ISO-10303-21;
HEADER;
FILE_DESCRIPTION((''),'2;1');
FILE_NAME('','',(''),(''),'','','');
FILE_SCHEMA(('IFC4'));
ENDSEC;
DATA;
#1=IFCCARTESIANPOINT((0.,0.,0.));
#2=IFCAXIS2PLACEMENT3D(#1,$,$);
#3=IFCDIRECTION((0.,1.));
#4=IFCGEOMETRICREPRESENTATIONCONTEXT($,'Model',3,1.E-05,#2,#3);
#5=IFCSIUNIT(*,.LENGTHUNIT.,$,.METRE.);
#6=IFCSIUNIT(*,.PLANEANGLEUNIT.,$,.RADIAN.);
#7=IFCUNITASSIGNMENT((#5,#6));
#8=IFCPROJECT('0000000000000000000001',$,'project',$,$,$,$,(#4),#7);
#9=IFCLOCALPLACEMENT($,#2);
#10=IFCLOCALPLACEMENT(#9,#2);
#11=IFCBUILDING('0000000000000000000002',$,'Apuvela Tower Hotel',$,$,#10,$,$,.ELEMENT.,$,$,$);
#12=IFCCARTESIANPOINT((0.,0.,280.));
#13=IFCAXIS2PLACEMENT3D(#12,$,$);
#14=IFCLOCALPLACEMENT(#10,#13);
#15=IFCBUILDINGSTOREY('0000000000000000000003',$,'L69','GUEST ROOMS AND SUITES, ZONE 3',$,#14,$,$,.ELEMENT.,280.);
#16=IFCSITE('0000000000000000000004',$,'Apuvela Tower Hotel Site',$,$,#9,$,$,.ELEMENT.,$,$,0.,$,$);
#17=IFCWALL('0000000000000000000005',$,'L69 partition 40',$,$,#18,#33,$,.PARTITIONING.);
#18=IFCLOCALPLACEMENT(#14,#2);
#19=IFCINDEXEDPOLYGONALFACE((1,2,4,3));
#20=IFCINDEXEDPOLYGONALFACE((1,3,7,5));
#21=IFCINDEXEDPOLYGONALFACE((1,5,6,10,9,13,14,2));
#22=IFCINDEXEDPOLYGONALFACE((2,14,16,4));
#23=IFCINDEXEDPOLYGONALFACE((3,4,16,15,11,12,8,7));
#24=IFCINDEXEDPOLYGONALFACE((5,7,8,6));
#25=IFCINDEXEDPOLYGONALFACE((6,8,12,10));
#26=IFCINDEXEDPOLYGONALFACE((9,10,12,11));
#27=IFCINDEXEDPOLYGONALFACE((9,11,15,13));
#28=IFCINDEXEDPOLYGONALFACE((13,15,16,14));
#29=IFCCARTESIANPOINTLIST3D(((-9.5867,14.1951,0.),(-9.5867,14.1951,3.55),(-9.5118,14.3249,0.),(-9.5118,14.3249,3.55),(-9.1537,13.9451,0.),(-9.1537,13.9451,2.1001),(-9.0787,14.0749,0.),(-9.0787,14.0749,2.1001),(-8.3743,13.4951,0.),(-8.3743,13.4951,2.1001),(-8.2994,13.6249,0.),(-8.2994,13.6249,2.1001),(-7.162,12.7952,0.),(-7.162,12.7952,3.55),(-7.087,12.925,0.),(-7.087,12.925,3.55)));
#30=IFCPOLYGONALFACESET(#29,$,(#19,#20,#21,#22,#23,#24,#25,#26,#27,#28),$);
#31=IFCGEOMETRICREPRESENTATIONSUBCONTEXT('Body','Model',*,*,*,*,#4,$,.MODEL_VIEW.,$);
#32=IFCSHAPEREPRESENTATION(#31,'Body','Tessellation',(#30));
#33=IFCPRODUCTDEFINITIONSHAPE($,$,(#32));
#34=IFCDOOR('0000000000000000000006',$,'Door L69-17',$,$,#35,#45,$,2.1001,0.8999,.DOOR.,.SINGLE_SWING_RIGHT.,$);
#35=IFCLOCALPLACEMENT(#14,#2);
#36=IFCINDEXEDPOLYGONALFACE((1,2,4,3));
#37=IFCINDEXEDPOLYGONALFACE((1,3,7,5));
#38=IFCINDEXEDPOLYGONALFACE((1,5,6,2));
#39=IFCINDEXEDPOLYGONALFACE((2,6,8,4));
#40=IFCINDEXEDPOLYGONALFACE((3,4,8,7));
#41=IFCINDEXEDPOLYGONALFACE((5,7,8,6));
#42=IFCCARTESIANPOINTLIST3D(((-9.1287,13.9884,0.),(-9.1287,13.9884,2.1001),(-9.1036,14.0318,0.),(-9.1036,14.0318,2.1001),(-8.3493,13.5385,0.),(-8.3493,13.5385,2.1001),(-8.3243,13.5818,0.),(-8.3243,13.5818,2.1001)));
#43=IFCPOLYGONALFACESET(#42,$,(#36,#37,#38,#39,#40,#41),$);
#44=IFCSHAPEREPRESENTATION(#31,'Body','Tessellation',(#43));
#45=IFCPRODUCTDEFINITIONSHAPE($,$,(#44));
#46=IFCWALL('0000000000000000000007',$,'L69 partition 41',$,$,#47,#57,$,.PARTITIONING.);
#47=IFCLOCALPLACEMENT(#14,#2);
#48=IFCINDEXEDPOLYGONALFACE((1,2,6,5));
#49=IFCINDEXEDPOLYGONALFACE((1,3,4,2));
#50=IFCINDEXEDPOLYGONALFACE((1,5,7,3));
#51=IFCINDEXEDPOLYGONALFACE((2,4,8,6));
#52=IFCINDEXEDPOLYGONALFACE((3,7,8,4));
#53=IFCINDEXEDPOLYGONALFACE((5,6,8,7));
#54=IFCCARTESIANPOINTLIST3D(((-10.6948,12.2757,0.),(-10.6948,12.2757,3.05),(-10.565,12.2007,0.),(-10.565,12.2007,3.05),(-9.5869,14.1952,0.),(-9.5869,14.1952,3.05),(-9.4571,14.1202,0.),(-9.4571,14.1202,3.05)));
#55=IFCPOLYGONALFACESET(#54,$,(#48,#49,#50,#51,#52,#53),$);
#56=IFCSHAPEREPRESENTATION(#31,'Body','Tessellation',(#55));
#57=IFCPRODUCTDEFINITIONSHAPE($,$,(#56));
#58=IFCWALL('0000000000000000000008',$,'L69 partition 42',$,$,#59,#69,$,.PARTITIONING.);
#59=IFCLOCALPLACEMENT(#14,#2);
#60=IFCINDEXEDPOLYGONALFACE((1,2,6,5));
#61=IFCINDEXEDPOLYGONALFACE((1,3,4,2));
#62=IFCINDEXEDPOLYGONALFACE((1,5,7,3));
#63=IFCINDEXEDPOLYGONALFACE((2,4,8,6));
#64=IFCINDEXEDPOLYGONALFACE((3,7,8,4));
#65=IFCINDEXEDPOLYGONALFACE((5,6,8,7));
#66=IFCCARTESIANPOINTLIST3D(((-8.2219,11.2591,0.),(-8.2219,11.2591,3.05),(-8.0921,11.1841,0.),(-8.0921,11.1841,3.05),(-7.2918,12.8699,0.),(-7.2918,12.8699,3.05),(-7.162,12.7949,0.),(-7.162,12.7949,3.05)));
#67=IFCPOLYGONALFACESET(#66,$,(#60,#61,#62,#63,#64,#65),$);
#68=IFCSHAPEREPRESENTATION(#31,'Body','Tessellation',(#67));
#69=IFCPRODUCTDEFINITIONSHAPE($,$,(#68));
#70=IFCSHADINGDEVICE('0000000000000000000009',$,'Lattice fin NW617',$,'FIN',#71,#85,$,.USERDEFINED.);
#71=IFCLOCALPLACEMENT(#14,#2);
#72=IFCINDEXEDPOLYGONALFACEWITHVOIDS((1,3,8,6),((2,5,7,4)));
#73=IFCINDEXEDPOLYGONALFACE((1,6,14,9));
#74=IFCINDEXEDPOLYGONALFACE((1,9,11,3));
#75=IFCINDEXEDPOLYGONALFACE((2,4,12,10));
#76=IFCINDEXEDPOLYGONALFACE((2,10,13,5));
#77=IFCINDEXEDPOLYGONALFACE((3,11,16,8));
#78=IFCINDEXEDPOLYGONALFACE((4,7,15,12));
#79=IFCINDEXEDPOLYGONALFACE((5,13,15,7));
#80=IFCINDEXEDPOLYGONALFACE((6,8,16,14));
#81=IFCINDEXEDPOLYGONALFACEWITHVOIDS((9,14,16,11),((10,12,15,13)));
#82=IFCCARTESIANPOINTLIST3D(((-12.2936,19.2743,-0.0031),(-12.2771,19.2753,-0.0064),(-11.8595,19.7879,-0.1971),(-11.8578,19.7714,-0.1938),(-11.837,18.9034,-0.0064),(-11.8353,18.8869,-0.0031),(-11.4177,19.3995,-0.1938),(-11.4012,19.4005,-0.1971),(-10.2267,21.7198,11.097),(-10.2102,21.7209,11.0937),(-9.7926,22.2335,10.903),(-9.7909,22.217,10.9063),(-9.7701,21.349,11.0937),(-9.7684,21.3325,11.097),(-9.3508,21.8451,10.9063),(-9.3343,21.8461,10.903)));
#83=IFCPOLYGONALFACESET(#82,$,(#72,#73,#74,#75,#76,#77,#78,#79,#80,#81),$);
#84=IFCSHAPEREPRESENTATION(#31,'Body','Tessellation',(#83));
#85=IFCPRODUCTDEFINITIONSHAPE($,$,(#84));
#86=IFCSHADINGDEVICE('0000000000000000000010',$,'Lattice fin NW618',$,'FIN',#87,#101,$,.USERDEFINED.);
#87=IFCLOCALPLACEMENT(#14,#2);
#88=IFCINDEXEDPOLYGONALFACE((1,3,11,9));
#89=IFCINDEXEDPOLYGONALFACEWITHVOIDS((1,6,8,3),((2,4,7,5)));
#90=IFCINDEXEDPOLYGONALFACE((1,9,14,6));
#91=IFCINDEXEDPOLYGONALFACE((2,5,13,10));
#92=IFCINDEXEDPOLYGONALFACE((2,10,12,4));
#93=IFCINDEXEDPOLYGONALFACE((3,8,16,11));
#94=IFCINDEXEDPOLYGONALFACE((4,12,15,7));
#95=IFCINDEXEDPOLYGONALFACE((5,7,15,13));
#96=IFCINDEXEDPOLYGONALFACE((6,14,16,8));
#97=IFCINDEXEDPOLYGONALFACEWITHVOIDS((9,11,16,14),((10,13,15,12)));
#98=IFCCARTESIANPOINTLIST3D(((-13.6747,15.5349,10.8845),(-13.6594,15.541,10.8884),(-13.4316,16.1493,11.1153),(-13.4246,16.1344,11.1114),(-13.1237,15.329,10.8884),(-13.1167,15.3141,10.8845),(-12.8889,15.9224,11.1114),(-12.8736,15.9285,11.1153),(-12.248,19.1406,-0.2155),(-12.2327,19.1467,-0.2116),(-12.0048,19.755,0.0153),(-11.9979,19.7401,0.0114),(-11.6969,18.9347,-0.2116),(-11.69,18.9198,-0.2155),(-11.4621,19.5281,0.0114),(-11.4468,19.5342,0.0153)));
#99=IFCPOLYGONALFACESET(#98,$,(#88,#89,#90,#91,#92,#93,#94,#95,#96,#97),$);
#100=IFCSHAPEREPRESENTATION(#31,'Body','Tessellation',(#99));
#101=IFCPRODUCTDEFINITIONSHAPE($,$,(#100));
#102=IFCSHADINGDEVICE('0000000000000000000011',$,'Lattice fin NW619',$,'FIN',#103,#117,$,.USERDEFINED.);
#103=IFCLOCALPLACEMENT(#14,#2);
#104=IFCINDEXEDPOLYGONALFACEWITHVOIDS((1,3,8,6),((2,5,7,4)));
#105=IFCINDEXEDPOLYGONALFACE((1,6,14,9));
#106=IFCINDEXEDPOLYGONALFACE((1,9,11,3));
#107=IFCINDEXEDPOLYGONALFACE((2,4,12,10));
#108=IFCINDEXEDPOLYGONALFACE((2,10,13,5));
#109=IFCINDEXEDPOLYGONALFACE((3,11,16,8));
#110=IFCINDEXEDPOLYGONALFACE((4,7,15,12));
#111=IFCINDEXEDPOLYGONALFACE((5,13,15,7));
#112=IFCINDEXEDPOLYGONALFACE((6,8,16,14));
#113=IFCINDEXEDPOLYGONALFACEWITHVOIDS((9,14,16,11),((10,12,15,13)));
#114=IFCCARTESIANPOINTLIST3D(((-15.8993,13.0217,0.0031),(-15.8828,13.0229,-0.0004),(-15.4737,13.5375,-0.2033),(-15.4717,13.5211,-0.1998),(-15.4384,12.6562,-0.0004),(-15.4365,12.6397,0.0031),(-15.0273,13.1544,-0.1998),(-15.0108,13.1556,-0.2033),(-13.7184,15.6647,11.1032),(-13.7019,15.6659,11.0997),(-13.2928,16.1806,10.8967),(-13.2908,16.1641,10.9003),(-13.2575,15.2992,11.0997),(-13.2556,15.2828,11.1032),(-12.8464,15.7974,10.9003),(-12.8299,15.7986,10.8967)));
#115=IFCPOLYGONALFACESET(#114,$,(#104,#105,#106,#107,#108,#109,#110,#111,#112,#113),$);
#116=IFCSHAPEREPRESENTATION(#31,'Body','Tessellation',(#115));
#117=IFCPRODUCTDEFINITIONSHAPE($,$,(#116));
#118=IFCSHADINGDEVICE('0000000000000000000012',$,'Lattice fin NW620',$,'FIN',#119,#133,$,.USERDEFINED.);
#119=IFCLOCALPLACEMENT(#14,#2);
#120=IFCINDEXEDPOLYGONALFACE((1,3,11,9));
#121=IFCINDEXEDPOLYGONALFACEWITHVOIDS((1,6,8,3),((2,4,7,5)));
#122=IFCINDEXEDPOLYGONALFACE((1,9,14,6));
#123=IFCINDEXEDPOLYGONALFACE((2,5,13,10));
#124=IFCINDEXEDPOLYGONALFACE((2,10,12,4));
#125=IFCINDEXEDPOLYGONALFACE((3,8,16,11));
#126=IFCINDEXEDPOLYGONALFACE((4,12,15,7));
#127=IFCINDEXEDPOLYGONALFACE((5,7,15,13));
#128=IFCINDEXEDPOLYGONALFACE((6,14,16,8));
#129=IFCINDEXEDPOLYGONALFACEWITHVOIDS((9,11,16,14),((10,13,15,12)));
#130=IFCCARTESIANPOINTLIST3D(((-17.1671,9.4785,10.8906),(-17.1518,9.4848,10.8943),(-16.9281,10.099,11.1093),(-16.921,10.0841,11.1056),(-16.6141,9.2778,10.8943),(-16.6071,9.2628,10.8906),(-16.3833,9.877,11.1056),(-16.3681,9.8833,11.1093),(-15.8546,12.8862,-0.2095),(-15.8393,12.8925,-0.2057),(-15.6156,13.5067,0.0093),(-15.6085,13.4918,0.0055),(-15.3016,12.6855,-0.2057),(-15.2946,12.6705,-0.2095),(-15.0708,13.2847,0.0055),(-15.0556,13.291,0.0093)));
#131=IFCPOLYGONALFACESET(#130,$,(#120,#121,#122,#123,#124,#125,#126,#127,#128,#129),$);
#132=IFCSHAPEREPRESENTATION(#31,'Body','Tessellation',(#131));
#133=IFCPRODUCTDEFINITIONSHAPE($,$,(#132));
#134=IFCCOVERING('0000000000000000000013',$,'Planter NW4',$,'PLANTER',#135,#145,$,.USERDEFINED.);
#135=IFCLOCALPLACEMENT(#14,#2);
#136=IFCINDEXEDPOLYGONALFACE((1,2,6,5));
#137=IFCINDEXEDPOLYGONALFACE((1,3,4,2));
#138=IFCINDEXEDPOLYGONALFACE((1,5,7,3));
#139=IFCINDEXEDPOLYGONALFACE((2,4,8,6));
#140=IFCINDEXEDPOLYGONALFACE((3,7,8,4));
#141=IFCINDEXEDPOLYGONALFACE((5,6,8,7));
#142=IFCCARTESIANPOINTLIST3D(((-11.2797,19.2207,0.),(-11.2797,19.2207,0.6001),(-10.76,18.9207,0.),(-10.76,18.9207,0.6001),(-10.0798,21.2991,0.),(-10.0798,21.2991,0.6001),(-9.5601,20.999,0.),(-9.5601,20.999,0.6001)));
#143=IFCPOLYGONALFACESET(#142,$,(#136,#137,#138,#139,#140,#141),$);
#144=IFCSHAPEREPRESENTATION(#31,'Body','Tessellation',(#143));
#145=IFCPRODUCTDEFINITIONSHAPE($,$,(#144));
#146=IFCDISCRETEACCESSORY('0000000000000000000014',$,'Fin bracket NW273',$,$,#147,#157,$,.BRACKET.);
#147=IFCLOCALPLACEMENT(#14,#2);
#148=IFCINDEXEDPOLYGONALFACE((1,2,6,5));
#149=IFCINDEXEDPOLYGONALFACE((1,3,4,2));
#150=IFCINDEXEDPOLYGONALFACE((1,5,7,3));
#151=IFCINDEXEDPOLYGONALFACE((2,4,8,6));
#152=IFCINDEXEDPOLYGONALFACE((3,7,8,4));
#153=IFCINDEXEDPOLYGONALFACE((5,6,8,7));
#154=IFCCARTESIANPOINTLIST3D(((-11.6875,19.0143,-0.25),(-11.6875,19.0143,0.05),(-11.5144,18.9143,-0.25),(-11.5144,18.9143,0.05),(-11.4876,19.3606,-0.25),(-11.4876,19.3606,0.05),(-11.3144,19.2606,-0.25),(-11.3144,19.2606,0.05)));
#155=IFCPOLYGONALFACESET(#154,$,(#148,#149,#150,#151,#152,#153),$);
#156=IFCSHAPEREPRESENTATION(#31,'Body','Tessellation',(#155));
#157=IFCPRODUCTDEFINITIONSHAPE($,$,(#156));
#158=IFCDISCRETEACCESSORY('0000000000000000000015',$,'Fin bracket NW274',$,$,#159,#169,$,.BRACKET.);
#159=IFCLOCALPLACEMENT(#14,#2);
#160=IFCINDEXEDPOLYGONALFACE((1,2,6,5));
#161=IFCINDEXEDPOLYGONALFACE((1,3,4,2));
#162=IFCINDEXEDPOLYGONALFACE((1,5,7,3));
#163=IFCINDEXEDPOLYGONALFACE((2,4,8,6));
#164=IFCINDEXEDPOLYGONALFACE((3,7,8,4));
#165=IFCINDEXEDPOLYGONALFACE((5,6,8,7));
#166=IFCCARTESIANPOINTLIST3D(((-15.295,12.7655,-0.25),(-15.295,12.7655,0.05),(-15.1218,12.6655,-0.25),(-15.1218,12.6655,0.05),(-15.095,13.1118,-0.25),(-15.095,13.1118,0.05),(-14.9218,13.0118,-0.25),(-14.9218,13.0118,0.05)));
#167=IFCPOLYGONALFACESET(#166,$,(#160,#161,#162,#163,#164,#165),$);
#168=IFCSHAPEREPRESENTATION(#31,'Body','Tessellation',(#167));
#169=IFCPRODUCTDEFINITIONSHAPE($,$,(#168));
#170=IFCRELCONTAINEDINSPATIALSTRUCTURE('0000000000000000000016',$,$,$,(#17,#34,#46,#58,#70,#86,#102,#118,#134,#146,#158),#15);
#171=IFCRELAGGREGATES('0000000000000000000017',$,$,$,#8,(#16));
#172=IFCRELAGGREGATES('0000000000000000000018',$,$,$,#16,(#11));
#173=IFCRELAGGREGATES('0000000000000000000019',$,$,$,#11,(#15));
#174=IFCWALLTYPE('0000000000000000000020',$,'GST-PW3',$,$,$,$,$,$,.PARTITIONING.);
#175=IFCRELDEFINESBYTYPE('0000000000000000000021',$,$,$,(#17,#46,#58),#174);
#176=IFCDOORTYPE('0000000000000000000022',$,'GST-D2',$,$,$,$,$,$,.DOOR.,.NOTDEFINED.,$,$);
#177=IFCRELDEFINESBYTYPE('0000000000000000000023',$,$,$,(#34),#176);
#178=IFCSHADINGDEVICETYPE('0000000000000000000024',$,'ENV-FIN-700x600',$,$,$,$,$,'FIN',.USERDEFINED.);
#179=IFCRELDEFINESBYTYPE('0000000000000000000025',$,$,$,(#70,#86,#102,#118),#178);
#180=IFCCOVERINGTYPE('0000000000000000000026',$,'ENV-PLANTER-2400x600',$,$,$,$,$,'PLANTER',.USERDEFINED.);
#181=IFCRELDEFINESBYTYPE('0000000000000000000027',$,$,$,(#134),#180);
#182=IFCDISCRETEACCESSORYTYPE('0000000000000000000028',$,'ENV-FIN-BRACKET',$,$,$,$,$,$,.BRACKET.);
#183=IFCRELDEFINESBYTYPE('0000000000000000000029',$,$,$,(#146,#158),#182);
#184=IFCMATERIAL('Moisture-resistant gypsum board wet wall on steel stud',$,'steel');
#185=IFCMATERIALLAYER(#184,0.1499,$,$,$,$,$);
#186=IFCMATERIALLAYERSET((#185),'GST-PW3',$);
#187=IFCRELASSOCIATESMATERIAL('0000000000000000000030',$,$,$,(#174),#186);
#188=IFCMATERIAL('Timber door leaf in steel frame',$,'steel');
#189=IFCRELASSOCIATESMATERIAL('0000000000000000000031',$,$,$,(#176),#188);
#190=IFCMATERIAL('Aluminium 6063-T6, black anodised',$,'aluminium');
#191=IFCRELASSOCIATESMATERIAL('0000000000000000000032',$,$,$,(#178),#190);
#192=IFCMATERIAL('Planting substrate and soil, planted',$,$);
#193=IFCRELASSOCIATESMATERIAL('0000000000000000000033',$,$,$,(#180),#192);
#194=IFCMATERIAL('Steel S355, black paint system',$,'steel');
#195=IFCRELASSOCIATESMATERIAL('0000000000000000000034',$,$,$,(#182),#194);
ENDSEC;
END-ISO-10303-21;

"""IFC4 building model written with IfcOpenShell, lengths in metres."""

from ifc_helpers import new_model, si_unit, direction, frame, frame_2d, origin, origin_2d, place, context, subcontext, project, spatial, rectangle, hollow_rectangle, extrude, material, layer, layer_set, material_profile, profile_set, type_object, element, fill, save


model = new_model("IFC4")

# Units and contexts
model_context = context("Model", 3, precision=1e-05, world=origin(), true_north=direction((0.0, 1.0)))
body_context = subcontext(model_context, "Body", "Model", "MODEL_VIEW")
ifc_project = project(units=[si_unit("LENGTHUNIT", "METRE"), si_unit("PLANEANGLEUNIT", "RADIAN")], contexts=[model_context])

# Site, building, storey
site_placement = place(None, origin())
site = spatial("IfcSite", under=ifc_project, at=site_placement, Name="Apuvela Tower Hotel Site", CompositionType="ELEMENT", RefElevation=0.0)
building_placement = place(site_placement, origin())
building = spatial("IfcBuilding", under=site, at=building_placement, Name="Apuvela Tower Hotel", CompositionType="ELEMENT")
storey_placement = place(building_placement, frame((0.0, 0.0, 280.0)))
storey = spatial("IfcBuildingStorey", under=building, at=storey_placement, Name="L69", Description="GUEST ROOMS AND SUITES, ZONE 3", CompositionType="ELEMENT", Elevation=280.0)

# Wall, opening, door
ifc_material_1 = material(Name="Moisture-resistant gypsum board wet wall on steel stud", Category="steel")
ifc_layer_1 = layer(ifc_material_1, 0.1499)
ifc_layer_set_1 = layer_set([ifc_layer_1], Name="GST-PW3")
wall_type_1 = type_object("IfcWallType", Name="GST-PW3", PredefinedType="PARTITIONING", material=ifc_layer_set_1)
wall_1_placement = place(storey_placement, frame((-7.1245, 12.8601, 0.0), z_axis=(0.0, 0.0, 1.0), x_axis=(-0.866035, 0.499984, 0.0)))
wall_1 = element("IfcWall", 1, at=wall_1_placement, inside=storey, type_object=wall_type_1, Name="L69 partition 40", PredefinedType="PARTITIONING", context=body_context, shape_type="SweptSolid", body=[
    extrude(rectangle(XDim=2.7998, YDim=0.1499, at=frame_2d((1.3999, 0.0))), origin(), (0.0, 0.0, 1.0), 3.55),
])
opening_1_placement = place(wall_1_placement, frame((1.3999, 0.0, 0.0)))
opening_1 = element("IfcOpeningElement", 2, at=opening_1_placement, cuts=wall_1, PredefinedType="OPENING", context=body_context, shape_type="SweptSolid", body=[
    extrude(rectangle(XDim=0.8999, YDim=2.1001, at=frame_2d((0.45, 1.05))), frame((0.0, 0.085, 0.0), z_axis=(0.0, -1.0, 0.0), x_axis=(1.0, 0.0, 0.0)), (0.0, 0.0, 1.0), 0.1699),
])
ifc_material_2 = material(Name="Timber door leaf in steel frame", Category="steel")
door_type_1 = type_object("IfcDoorType", Name="GST-D2", OperationType="NOTDEFINED", PredefinedType="DOOR", material=ifc_material_2)
door_1_placement = place(opening_1_placement, origin())
door_1 = element("IfcDoor", 3, at=door_1_placement, inside=storey, type_object=door_type_1, Name="Door L69-17", OperationType="SINGLE_SWING_RIGHT", OverallHeight=2.1001, OverallWidth=0.8999, PredefinedType="DOOR", context=body_context, shape_type="SweptSolid", body=[
    extrude(rectangle(XDim=0.8999, YDim=2.1001, at=frame_2d((0.45, 1.05))), frame((0.0, 0.0249, 0.0), z_axis=(0.0, -1.0, 0.0), x_axis=(1.0, 0.0, 0.0)), (0.0, 0.0, 1.0), 0.05),
])
fill(opening_1, door_1)

# Walls
wall_2_placement = place(storey_placement, frame((-9.522, 14.1577, 0.0), z_axis=(0.0, 0.0, 1.0), x_axis=(-0.499907, -0.866079, 0.0)))
element("IfcWall", 4, at=wall_2_placement, inside=storey, type_object=wall_type_1, Name="L69 partition 41", PredefinedType="PARTITIONING", context=body_context, shape_type="SweptSolid", body=[
    extrude(rectangle(XDim=2.2163, YDim=0.1499, at=frame_2d((1.1082, 0.0))), origin(), (0.0, 0.0, 1.0), 3.05),
])
wall_3_placement = place(storey_placement, frame((-7.2268, 12.8325, 0.0), z_axis=(0.0, 0.0, 1.0), x_axis=(-0.500063, -0.865989, 0.0)))
element("IfcWall", 5, at=wall_3_placement, inside=storey, type_object=wall_type_1, Name="L69 partition 42", PredefinedType="PARTITIONING", context=body_context, shape_type="SweptSolid", body=[
    extrude(rectangle(XDim=1.8601, YDim=0.1499, at=frame_2d((0.9302, 0.0))), origin(), (0.0, 0.0, 1.0), 3.05),
])

# Shading devices
ifc_material_3 = material(Name="Aluminium 6063-T6, black anodised", Category="aluminium")
ifc_material_profile_1 = material_profile(ifc_material_3, hollow_rectangle(XDim=0.6001, YDim=0.7, WallThickness=0.012, at=origin_2d()), Name="AL BOX 700x600x12")
ifc_profile_set_1 = profile_set([ifc_material_profile_1], Name="Aluminium 6063-T6, black anodised")
shading_device_type = type_object("IfcShadingDeviceType", Name="ENV-FIN-700x600", ElementType="FIN", PredefinedType="USERDEFINED", material=ifc_profile_set_1)
shading_device_1_placement = place(storey_placement, frame((-11.8474, 19.3374, -0.1001), z_axis=(0.17891, 0.211687, 0.960822), x_axis=(-0.763759, 0.645501, 0.0)))
element("IfcShadingDevice", 6, at=shading_device_1_placement, inside=storey, type_object=shading_device_type, Name="Lattice fin NW617", ObjectType="FIN", PredefinedType="USERDEFINED", context=body_context, shape_type="SweptSolid", body=[
    extrude(hollow_rectangle(XDim=0.6001, YDim=0.7, WallThickness=0.012, at=origin_2d()), origin(), (0.0, 0.0, 1.0), 11.5527),
])
shading_device_2_placement = place(storey_placement, frame((-11.8474, 19.3374, -0.1001), z_axis=(-0.121344, -0.306662, 0.944052), x_axis=(0.929851, -0.367936, 0.0)))
element("IfcShadingDevice", 7, at=shading_device_2_placement, inside=storey, type_object=shading_device_type, Name="Lattice fin NW618", ObjectType="FIN", PredefinedType="USERDEFINED", context=body_context, shape_type="SweptSolid", body=[
    extrude(hollow_rectangle(XDim=0.6001, YDim=0.7, WallThickness=0.012, at=origin_2d()), origin(), (0.0, 0.0, 1.0), 11.7578),
])
shading_device_3_placement = place(storey_placement, frame((-15.4551, 13.0886, -0.1001), z_axis=(0.187734, 0.227517, 0.955506), x_axis=(-0.771319, 0.636449, 0.0)))
element("IfcShadingDevice", 8, at=shading_device_3_placement, inside=storey, type_object=shading_device_type, Name="Lattice fin NW619", ObjectType="FIN", PredefinedType="USERDEFINED", context=body_context, shape_type="SweptSolid", body=[
    extrude(hollow_rectangle(XDim=0.6001, YDim=0.7, WallThickness=0.012, at=origin_2d()), origin(), (0.0, 0.0, 1.0), 11.6169),
])
shading_device_4_placement = place(storey_placement, frame((-15.4551, 13.0886, -0.1001), z_axis=(-0.11232, -0.291623, 0.949916), x_axis=(0.933177, -0.359418, 0.0)))
element("IfcShadingDevice", 9, at=shading_device_4_placement, inside=storey, type_object=shading_device_type, Name="Lattice fin NW620", ObjectType="FIN", PredefinedType="USERDEFINED", context=body_context, shape_type="SweptSolid", body=[
    extrude(hollow_rectangle(XDim=0.6001, YDim=0.7, WallThickness=0.012, at=origin_2d()), origin(), (0.0, 0.0, 1.0), 11.6853),
])

# Covering
ifc_material_4 = material(Name="Planting substrate and soil, planted")
covering_type = type_object("IfcCoveringType", Name="ENV-PLANTER-2400x600", ElementType="PLANTER", PredefinedType="USERDEFINED", material=ifc_material_4)
covering_placement = place(storey_placement, frame((-10.4199, 20.1099, 0.0), z_axis=(0.0, 0.0, 1.0), x_axis=(-0.5, -0.866025, 0.0)))
element("IfcCovering", 10, at=covering_placement, inside=storey, type_object=covering_type, Name="Planter NW4", ObjectType="PLANTER", PredefinedType="USERDEFINED", context=body_context, shape_type="SweptSolid", body=[
    extrude(rectangle(XDim=2.3999, YDim=0.6001, at=origin_2d()), origin(), (0.0, 0.0, 1.0), 0.6001),
])

# Discrete accessories
ifc_material_5 = material(Name="Steel S355, black paint system", Category="steel")
discrete_accessory_type = type_object("IfcDiscreteAccessoryType", Name="ENV-FIN-BRACKET", PredefinedType="BRACKET", material=ifc_material_5)
for number, where, z_axis, x_axis, name in (
    (11, (-11.501, 19.1375, -0.25), (0.0, 0.0, 1.0), (-0.5, -0.866025, 0.0), "Fin bracket NW273"),
    (12, (-15.1084, 12.8887, -0.25), (0.0, 0.0, 1.0), (-0.5, -0.866025, 0.0), "Fin bracket NW274"),
):
    element("IfcDiscreteAccessory", number, at=place(storey_placement, frame(where, z_axis=z_axis, x_axis=x_axis)), inside=storey, type_object=discrete_accessory_type, Name=name, PredefinedType="BRACKET", context=body_context, shape_type="SweptSolid", body=[
        extrude(rectangle(XDim=0.3999, YDim=0.2, at=origin_2d()), origin(), (0.0, 0.0, 1.0), 0.3),
    ])

save(model, "model.ifc")
